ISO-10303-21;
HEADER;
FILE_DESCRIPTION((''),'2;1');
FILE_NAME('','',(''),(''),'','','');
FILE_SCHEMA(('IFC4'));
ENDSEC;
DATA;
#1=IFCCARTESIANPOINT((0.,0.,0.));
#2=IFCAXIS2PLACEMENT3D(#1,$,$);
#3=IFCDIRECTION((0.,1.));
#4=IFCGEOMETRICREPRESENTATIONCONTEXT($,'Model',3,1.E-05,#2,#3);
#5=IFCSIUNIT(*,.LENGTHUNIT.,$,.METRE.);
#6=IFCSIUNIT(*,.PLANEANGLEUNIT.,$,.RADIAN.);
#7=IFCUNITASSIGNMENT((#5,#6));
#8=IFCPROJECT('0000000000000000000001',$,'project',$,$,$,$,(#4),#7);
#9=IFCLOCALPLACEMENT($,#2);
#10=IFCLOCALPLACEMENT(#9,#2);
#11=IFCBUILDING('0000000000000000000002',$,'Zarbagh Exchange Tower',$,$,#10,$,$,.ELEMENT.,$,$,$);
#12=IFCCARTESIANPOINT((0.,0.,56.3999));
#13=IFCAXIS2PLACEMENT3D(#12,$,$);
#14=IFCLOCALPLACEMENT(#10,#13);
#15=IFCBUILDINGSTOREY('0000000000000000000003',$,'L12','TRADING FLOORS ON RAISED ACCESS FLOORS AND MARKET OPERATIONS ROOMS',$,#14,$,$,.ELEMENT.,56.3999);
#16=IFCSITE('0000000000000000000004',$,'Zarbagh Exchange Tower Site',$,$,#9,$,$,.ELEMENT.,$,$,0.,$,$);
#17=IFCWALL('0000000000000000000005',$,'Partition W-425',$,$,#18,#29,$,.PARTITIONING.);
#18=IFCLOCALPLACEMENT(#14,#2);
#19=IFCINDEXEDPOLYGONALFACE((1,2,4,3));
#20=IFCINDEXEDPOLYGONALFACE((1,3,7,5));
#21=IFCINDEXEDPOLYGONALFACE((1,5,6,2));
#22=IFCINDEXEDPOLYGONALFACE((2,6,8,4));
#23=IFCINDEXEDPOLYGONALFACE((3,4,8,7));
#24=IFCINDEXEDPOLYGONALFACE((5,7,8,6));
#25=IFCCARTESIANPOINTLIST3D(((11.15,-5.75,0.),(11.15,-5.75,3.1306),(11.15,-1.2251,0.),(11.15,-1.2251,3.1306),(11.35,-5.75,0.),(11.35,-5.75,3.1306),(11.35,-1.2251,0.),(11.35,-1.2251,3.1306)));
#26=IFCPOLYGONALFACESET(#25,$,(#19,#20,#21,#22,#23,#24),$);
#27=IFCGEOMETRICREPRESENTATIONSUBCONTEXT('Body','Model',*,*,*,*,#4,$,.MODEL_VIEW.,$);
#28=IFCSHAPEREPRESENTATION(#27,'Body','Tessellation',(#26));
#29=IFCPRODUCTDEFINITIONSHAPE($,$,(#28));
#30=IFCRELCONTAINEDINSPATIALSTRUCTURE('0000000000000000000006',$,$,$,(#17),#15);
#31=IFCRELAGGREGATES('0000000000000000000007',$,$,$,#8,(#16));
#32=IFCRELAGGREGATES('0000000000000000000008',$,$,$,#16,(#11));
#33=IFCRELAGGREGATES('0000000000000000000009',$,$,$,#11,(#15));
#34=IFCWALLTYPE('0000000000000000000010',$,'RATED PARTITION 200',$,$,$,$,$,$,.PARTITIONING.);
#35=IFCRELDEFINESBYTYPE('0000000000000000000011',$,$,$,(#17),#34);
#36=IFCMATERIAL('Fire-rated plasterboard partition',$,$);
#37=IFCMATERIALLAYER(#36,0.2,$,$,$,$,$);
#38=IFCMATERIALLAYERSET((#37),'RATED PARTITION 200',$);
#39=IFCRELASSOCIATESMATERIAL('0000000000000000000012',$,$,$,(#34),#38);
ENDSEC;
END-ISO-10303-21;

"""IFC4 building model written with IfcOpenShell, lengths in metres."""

from ifc_helpers import new_model, si_unit, direction, frame, frame_2d, origin, place, context, subcontext, project, spatial, rectangle, extrude, material, layer, layer_set, type_object, element, save


model = new_model("IFC4")

# Units and contexts
model_context = context("Model", 3, precision=1e-05, world=origin(), true_north=direction((0.0, 1.0)))
body_context = subcontext(model_context, "Body", "Model", "MODEL_VIEW")
ifc_project = project(units=[si_unit("LENGTHUNIT", "METRE"), si_unit("PLANEANGLEUNIT", "RADIAN")], contexts=[model_context])

# Site, building, storey
site_placement = place(None, origin())
site = spatial("IfcSite", under=ifc_project, at=site_placement, Name="Zarbagh Exchange Tower Site", CompositionType="ELEMENT", RefElevation=0.0)
building_placement = place(site_placement, origin())
building = spatial("IfcBuilding", under=site, at=building_placement, Name="Zarbagh Exchange Tower", CompositionType="ELEMENT")
storey_placement = place(building_placement, frame((0.0, 0.0, 56.3999)))
storey = spatial("IfcBuildingStorey", under=building, at=storey_placement, Name="L12", Description="TRADING FLOORS ON RAISED ACCESS FLOORS AND MARKET OPERATIONS ROOMS", CompositionType="ELEMENT", Elevation=56.3999)

# Shared definitions
ifc_material_1 = material(Name="Fire-rated plasterboard partition")
ifc_layer_1 = layer(ifc_material_1, 0.2)
ifc_layer_set_1 = layer_set([ifc_layer_1], Name="RATED PARTITION 200")
wall_type_1 = type_object("IfcWallType", Name="RATED PARTITION 200", PredefinedType="PARTITIONING", material=ifc_layer_set_1)

# Wall
wall_1_placement = place(storey_placement, frame((11.25, -5.75, 0.0), z_axis=(0.0, 0.0, 1.0), x_axis=(0.0, 1.0, 0.0)))
element("IfcWall", 1, at=wall_1_placement, inside=storey, type_object=wall_type_1, Name="Partition W-425", PredefinedType="PARTITIONING", context=body_context, shape_type="SweptSolid", body=[
    extrude(rectangle(XDim=4.5249, YDim=0.2, at=frame_2d((2.2625, 0.0))), origin(), (0.0, 0.0, 1.0), 3.1306),
])

save(model, "model.ifc")
